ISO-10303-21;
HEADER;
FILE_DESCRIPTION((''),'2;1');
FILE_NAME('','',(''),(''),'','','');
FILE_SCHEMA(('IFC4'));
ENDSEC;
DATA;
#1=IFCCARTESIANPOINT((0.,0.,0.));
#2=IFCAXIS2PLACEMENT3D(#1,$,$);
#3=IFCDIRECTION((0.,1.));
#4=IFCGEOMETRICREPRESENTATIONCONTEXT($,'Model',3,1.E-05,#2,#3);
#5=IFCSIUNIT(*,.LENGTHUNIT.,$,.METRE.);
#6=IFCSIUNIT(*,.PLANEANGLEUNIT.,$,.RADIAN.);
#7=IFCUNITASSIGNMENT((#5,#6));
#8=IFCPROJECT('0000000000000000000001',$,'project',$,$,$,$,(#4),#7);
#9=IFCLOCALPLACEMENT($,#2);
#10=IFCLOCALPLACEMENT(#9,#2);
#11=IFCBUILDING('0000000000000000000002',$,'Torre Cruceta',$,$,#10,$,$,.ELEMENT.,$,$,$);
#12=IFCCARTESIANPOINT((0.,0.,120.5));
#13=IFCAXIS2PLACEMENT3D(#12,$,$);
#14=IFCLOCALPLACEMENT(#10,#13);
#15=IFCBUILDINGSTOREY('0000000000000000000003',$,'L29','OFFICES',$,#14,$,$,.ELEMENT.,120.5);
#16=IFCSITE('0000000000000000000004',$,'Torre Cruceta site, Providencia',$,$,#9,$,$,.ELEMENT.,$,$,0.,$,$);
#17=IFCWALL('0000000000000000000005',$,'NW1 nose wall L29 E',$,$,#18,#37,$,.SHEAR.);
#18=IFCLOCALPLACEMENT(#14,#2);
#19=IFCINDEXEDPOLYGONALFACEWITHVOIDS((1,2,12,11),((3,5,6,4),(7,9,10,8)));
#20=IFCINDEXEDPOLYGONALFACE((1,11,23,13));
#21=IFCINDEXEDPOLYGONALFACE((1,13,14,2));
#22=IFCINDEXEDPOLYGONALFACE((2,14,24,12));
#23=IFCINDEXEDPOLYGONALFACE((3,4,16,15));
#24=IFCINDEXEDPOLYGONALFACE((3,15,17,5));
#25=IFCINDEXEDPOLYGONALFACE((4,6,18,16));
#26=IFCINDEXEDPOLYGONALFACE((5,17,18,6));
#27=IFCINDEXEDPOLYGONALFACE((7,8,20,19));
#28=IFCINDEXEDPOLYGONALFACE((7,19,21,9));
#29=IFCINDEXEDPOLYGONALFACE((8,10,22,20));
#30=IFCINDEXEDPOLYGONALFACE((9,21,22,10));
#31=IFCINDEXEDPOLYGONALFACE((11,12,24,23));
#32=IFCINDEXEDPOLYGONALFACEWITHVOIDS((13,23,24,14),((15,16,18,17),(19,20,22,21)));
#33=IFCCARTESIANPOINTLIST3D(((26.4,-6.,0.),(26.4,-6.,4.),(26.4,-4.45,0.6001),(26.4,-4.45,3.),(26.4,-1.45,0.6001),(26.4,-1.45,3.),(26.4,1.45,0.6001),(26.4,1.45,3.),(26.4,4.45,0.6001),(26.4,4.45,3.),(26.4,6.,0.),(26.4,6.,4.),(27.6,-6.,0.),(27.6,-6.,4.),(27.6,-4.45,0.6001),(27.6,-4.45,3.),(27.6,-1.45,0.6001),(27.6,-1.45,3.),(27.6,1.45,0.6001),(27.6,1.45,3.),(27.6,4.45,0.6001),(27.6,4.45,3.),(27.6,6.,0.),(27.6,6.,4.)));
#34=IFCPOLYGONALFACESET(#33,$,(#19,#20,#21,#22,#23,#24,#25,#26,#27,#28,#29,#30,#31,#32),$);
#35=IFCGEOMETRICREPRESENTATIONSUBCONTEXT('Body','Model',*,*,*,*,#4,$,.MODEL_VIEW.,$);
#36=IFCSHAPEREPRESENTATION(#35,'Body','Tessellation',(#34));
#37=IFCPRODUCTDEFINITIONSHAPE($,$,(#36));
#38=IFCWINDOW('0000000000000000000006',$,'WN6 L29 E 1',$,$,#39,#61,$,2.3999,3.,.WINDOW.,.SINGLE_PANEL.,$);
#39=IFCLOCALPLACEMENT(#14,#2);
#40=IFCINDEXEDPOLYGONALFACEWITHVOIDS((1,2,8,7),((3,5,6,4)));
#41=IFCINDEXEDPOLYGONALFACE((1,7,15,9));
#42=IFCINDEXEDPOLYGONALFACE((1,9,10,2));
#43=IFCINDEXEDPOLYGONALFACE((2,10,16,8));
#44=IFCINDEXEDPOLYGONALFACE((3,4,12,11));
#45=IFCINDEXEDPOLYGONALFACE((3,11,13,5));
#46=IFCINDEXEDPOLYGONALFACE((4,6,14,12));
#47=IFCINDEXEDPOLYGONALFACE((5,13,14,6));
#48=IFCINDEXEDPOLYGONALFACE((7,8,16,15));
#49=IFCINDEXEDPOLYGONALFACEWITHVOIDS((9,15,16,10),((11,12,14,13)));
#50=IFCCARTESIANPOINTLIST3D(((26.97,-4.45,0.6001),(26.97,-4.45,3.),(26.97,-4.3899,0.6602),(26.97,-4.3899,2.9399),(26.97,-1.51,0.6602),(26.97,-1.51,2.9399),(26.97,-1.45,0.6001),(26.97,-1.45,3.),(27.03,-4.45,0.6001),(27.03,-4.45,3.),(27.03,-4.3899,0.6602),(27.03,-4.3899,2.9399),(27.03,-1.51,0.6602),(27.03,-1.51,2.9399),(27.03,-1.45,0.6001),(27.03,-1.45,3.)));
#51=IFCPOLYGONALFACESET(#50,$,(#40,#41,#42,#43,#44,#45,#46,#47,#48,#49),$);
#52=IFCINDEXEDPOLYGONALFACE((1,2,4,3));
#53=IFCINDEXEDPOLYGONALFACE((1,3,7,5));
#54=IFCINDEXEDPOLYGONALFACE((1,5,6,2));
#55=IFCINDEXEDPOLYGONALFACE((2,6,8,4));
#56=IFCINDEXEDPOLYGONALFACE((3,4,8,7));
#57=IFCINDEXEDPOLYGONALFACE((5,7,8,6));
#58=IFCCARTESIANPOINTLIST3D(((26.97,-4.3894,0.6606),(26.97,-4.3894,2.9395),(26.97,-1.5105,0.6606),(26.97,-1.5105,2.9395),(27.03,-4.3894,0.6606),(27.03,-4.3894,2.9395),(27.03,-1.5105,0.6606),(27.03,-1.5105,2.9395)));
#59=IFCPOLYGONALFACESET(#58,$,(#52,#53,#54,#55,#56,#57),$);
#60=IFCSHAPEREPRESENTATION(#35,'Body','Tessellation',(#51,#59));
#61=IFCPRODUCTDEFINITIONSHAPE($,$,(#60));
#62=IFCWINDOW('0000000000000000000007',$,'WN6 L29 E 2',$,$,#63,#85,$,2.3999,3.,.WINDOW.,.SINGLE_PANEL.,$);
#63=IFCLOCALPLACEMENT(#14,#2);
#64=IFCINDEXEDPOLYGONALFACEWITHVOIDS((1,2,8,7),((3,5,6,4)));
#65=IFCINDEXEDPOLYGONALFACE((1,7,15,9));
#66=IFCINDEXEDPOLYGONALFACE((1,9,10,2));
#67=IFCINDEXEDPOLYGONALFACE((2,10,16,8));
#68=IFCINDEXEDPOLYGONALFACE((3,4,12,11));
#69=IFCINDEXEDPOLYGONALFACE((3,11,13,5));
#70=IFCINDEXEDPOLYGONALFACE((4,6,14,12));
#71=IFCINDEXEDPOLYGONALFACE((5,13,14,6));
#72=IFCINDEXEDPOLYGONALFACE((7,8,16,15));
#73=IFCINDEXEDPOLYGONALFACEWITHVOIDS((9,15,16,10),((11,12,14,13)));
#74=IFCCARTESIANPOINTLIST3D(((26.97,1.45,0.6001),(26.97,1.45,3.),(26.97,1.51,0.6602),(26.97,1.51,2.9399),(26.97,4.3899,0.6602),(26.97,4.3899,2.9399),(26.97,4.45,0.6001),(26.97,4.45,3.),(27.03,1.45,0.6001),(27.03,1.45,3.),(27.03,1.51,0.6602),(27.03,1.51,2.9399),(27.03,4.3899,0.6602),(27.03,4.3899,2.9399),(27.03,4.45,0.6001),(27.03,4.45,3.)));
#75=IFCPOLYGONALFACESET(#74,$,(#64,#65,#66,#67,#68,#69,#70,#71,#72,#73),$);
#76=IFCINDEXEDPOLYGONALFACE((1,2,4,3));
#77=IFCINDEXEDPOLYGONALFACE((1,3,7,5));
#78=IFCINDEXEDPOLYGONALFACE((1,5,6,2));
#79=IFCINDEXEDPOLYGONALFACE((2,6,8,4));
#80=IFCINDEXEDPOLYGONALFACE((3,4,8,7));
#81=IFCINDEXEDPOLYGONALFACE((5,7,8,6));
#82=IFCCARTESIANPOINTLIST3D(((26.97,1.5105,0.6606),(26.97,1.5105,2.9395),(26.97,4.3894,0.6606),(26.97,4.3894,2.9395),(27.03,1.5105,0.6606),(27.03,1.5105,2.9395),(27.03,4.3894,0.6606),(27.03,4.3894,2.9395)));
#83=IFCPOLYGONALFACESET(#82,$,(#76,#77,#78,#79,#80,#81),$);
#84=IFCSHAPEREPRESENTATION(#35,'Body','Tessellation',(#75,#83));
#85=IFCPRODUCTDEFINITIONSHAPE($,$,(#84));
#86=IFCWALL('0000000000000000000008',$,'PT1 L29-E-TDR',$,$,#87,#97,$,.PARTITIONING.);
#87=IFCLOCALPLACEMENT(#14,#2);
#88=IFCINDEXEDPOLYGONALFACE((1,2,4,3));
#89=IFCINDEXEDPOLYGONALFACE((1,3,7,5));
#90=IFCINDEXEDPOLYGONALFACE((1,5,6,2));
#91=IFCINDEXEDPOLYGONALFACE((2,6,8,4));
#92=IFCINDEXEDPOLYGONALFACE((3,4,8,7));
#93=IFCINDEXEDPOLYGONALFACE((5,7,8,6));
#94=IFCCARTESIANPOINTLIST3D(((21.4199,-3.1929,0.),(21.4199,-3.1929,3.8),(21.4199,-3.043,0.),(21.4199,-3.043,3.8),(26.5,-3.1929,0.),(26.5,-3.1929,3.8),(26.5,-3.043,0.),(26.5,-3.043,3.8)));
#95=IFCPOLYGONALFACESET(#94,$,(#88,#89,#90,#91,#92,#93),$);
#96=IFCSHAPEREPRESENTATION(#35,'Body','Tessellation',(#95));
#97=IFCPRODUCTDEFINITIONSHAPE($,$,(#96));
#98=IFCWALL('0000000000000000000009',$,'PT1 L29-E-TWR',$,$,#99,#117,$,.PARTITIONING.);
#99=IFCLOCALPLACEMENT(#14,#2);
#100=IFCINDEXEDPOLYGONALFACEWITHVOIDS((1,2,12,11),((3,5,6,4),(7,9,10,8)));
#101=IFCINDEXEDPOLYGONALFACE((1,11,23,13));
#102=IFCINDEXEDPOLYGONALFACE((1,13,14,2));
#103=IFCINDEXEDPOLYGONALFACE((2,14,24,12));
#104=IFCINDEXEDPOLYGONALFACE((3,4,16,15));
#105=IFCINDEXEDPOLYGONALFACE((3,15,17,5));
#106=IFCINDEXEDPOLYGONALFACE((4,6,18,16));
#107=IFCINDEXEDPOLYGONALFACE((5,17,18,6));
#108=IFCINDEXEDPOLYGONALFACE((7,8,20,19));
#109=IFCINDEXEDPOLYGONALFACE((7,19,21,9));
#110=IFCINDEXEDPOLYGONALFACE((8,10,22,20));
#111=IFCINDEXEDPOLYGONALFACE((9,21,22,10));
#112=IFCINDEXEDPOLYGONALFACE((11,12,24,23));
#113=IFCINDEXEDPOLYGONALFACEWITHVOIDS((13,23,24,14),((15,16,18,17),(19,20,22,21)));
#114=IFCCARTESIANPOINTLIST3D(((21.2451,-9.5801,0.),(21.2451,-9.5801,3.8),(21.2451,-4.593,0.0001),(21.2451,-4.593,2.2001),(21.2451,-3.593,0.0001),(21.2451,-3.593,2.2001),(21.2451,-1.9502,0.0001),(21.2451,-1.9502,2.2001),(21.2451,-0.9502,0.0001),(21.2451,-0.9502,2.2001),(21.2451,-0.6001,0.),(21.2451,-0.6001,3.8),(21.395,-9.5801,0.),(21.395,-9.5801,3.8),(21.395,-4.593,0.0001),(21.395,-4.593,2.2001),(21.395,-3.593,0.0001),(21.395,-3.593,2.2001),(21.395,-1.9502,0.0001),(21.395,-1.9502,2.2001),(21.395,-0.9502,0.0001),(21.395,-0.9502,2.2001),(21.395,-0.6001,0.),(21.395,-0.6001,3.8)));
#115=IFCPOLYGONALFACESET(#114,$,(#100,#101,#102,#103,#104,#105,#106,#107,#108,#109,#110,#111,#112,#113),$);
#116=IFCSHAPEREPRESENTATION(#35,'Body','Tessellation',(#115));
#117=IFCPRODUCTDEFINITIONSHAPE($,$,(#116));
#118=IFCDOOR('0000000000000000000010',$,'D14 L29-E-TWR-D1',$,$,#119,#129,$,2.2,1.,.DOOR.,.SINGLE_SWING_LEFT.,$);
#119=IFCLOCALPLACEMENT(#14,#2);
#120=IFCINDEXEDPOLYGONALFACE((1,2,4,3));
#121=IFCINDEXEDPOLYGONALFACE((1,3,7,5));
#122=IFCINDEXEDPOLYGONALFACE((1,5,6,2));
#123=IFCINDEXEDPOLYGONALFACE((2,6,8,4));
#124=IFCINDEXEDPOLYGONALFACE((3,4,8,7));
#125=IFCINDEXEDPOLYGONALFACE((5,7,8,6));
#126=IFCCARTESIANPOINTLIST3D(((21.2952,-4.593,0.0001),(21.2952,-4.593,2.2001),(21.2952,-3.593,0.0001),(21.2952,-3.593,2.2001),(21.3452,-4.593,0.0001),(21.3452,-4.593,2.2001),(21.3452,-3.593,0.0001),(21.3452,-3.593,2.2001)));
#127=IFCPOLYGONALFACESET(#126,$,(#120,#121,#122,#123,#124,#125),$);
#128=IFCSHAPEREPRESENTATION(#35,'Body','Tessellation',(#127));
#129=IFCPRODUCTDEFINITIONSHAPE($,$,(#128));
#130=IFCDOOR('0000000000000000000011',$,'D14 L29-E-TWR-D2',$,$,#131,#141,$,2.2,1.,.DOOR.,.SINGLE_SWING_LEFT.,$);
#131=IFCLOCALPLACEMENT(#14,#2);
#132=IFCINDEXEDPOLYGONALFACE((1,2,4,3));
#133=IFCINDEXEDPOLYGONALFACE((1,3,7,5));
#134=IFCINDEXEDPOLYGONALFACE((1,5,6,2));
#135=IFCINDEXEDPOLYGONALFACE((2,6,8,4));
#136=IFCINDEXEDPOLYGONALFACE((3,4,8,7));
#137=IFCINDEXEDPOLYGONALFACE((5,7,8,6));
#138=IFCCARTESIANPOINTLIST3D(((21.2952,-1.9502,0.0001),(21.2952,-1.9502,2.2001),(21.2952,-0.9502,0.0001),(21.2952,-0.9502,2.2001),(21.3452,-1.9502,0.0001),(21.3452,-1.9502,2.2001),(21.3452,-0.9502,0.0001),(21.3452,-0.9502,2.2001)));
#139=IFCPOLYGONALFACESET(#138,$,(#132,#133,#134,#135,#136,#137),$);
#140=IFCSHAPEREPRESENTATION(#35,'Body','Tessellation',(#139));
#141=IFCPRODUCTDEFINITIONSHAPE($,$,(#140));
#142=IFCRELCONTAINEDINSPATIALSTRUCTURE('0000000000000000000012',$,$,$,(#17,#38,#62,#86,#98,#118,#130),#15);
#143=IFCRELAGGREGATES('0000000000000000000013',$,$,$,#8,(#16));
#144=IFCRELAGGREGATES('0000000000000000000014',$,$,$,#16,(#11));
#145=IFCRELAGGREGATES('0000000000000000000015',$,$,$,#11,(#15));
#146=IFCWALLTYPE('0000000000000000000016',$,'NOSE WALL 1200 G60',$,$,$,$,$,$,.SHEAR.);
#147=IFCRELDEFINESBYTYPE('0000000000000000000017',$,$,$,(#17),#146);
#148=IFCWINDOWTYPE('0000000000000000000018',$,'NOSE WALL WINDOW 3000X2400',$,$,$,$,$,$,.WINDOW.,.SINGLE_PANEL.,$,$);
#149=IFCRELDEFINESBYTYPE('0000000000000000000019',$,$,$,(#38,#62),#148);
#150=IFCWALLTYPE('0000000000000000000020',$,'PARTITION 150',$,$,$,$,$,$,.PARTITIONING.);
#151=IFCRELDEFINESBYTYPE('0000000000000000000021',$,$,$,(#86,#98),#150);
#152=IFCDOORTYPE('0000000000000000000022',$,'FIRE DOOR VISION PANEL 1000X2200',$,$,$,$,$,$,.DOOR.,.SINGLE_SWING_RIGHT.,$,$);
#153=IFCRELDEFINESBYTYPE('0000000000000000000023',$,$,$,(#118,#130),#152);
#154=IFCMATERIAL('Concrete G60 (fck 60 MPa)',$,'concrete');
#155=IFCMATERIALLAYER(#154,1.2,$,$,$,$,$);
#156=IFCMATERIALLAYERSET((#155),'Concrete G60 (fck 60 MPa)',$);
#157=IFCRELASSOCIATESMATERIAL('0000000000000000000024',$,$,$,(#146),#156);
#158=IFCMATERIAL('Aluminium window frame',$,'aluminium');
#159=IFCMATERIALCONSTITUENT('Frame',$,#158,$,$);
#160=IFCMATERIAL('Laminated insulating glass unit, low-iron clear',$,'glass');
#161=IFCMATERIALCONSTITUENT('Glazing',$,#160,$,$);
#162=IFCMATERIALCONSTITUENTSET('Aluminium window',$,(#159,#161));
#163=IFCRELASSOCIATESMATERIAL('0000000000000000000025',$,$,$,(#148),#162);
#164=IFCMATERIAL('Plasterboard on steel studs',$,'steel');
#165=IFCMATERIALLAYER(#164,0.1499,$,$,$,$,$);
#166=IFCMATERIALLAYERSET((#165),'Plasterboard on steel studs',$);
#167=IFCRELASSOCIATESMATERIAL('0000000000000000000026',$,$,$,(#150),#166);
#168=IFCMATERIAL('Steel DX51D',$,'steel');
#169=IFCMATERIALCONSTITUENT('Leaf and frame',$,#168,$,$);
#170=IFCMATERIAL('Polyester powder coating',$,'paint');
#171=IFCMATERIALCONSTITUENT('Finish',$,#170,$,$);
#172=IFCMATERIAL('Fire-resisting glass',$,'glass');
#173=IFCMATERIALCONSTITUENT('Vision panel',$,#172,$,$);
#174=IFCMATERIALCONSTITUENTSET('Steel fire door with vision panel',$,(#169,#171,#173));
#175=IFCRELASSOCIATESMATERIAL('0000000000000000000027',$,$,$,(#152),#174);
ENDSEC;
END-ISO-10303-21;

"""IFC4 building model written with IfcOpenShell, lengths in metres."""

from ifc_helpers import new_model, si_unit, direction, frame, frame_2d, origin, place, context, subcontext, project, spatial, rectangle, hollow_rectangle, extrude, material, layer, layer_set, constituent, constituent_set, type_object, element, fill, save


model = new_model("IFC4")

# Units and contexts
model_context = context("Model", 3, precision=1e-05, world=origin(), true_north=direction((0.0, 1.0)))
body_context = subcontext(model_context, "Body", "Model", "MODEL_VIEW")
ifc_project = project(units=[si_unit("LENGTHUNIT", "METRE"), si_unit("PLANEANGLEUNIT", "RADIAN")], contexts=[model_context])

# Site, building, storey
site_placement = place(None, origin())
site = spatial("IfcSite", under=ifc_project, at=site_placement, Name="Torre Cruceta site, Providencia", CompositionType="ELEMENT", RefElevation=0.0)
building_placement = place(site_placement, origin())
building = spatial("IfcBuilding", under=site, at=building_placement, Name="Torre Cruceta", CompositionType="ELEMENT")
storey_placement = place(building_placement, frame((0.0, 0.0, 120.5)))
storey = spatial("IfcBuildingStorey", under=building, at=storey_placement, Name="L29", Description="OFFICES", CompositionType="ELEMENT", Elevation=120.5)

# Wall, openings, windows
ifc_material_1 = material(Name="Concrete G60 (fck 60 MPa)", Category="concrete")
ifc_layer_1 = layer(ifc_material_1, 1.2)
ifc_layer_set_1 = layer_set([ifc_layer_1], Name="Concrete G60 (fck 60 MPa)")
wall_type_1 = type_object("IfcWallType", Name="NOSE WALL 1200 G60", PredefinedType="SHEAR", material=ifc_layer_set_1)
wall_1_placement = place(storey_placement, frame((27.0, -6.0, 0.0), z_axis=(0.0, 0.0, 1.0), x_axis=(0.0, 1.0, 0.0)))
wall_1 = element("IfcWall", 1, at=wall_1_placement, inside=storey, type_object=wall_type_1, Name="NW1 nose wall L29 E", PredefinedType="SHEAR", context=body_context, shape_type="SweptSolid", body=[
    extrude(rectangle(XDim=12.0, YDim=1.2, at=frame_2d((6.0, 0.0))), origin(), (0.0, 0.0, 1.0), 4.0),
])
opening_1_placement = place(wall_1_placement, frame((1.55, 0.0, 0.6001)))
opening_1 = element("IfcOpeningElement", 2, at=opening_1_placement, cuts=wall_1, PredefinedType="OPENING", context=body_context, shape_type="SweptSolid", body=[
    extrude(rectangle(XDim=3.0, YDim=2.3999, at=frame_2d((1.5, 1.2))), frame((0.0, 0.6099, 0.0), z_axis=(0.0, -1.0, 0.0), x_axis=(1.0, 0.0, 0.0)), (0.0, 0.0, 1.0), 1.22),
])
opening_2_placement = place(wall_1_placement, frame((7.45, 0.0, 0.6001)))
opening_2 = element("IfcOpeningElement", 3, at=opening_2_placement, cuts=wall_1, PredefinedType="OPENING", context=body_context, shape_type="SweptSolid", body=[
    extrude(rectangle(XDim=3.0, YDim=2.3999, at=frame_2d((1.5, 1.2))), frame((0.0, 0.6099, 0.0), z_axis=(0.0, -1.0, 0.0), x_axis=(1.0, 0.0, 0.0)), (0.0, 0.0, 1.0), 1.22),
])
ifc_material_2 = material(Name="Aluminium window frame", Category="aluminium")
ifc_constituent_1 = constituent(ifc_material_2, Name="Frame")
ifc_material_3 = material(Name="Laminated insulating glass unit, low-iron clear", Category="glass")
ifc_constituent_2 = constituent(ifc_material_3, Name="Glazing")
ifc_constituent_set_1 = constituent_set(constituents=[ifc_constituent_1, ifc_constituent_2], Name="Aluminium window")
window_type_1 = type_object("IfcWindowType", Name="NOSE WALL WINDOW 3000X2400", PartitioningType="SINGLE_PANEL", PredefinedType="WINDOW", material=ifc_constituent_set_1)
window_1_placement = place(opening_1_placement, origin())
window_1 = element("IfcWindow", 4, at=window_1_placement, inside=storey, type_object=window_type_1, Name="WN6 L29 E 1", OverallHeight=2.3999, OverallWidth=3.0, PartitioningType="SINGLE_PANEL", PredefinedType="WINDOW", context=body_context, shape_type="SweptSolid", body=[
    extrude(hollow_rectangle(XDim=3.0, YDim=2.3999, WallThickness=0.0601, at=frame_2d((1.5, 1.2))), frame((0.0, 0.03, 0.0), z_axis=(0.0, -1.0, 0.0), x_axis=(1.0, 0.0, 0.0)), (0.0, 0.0, 1.0), 0.0601),
    extrude(rectangle(XDim=2.8789, YDim=2.2788, at=frame_2d((1.5, 1.2))), frame((0.0, 0.03, 0.0), z_axis=(0.0, -1.0, 0.0), x_axis=(1.0, 0.0, 0.0)), (0.0, 0.0, 1.0), 0.0601),
])
fill(opening_1, window_1)
window_2_placement = place(opening_2_placement, origin())
window_2 = element("IfcWindow", 5, at=window_2_placement, inside=storey, type_object=window_type_1, Name="WN6 L29 E 2", OverallHeight=2.3999, OverallWidth=3.0, PartitioningType="SINGLE_PANEL", PredefinedType="WINDOW", context=body_context, shape_type="SweptSolid", body=[
    extrude(hollow_rectangle(XDim=3.0, YDim=2.3999, WallThickness=0.0601, at=frame_2d((1.5, 1.2))), frame((0.0, 0.03, 0.0), z_axis=(0.0, -1.0, 0.0), x_axis=(1.0, 0.0, 0.0)), (0.0, 0.0, 1.0), 0.0601),
    extrude(rectangle(XDim=2.8789, YDim=2.2788, at=frame_2d((1.5, 1.2))), frame((0.0, 0.03, 0.0), z_axis=(0.0, -1.0, 0.0), x_axis=(1.0, 0.0, 0.0)), (0.0, 0.0, 1.0), 0.0601),
])
fill(opening_2, window_2)

# Wall
ifc_material_4 = material(Name="Plasterboard on steel studs", Category="steel")
ifc_layer_2 = layer(ifc_material_4, 0.1499)
ifc_layer_set_2 = layer_set([ifc_layer_2], Name="Plasterboard on steel studs")
wall_type_2 = type_object("IfcWallType", Name="PARTITION 150", PredefinedType="PARTITIONING", material=ifc_layer_set_2)
wall_2_placement = place(storey_placement, frame((21.4199, -3.1179, 0.0), z_axis=(0.0, 0.0, 1.0), x_axis=(1.0, 0.0, 0.0)))
element("IfcWall", 6, at=wall_2_placement, inside=storey, type_object=wall_type_2, Name="PT1 L29-E-TDR", PredefinedType="PARTITIONING", context=body_context, shape_type="SweptSolid", body=[
    extrude(rectangle(XDim=5.0801, YDim=0.1499, at=frame_2d((2.54, 0.0))), origin(), (0.0, 0.0, 1.0), 3.8),
])

# Wall, openings, doors
wall_3_placement = place(storey_placement, frame((21.3201, -9.5801, 0.0), z_axis=(0.0, 0.0, 1.0), x_axis=(0.0, 1.0, 0.0)))
wall_3 = element("IfcWall", 7, at=wall_3_placement, inside=storey, type_object=wall_type_2, Name="PT1 L29-E-TWR", PredefinedType="PARTITIONING", context=body_context, shape_type="SweptSolid", body=[
    extrude(rectangle(XDim=8.98, YDim=0.1499, at=frame_2d((4.49, 0.0))), origin(), (0.0, 0.0, 1.0), 3.8),
])
opening_3_placement = place(wall_3_placement, frame((4.9871, 0.0, 0.0)))
opening_3 = element("IfcOpeningElement", 8, at=opening_3_placement, cuts=wall_3, PredefinedType="OPENING", context=body_context, shape_type="SweptSolid", body=[
    extrude(rectangle(XDim=1.0, YDim=2.2, at=frame_2d((0.5, 1.1001))), frame((0.0, 0.085, 0.0), z_axis=(0.0, -1.0, 0.0), x_axis=(1.0, 0.0, 0.0)), (0.0, 0.0, 1.0), 0.1699),
])
opening_4_placement = place(wall_3_placement, frame((7.6299, 0.0, 0.0)))
opening_4 = element("IfcOpeningElement", 9, at=opening_4_placement, cuts=wall_3, PredefinedType="OPENING", context=body_context, shape_type="SweptSolid", body=[
    extrude(rectangle(XDim=1.0, YDim=2.2, at=frame_2d((0.5, 1.1001))), frame((0.0, 0.085, 0.0), z_axis=(0.0, -1.0, 0.0), x_axis=(1.0, 0.0, 0.0)), (0.0, 0.0, 1.0), 0.1699),
])
ifc_material_5 = material(Name="Steel DX51D", Category="steel")
ifc_constituent_3 = constituent(ifc_material_5, Name="Leaf and frame")
ifc_material_6 = material(Name="Polyester powder coating", Category="paint")
ifc_constituent_4 = constituent(ifc_material_6, Name="Finish")
ifc_material_7 = material(Name="Fire-resisting glass", Category="glass")
ifc_constituent_5 = constituent(ifc_material_7, Name="Vision panel")
ifc_constituent_set_2 = constituent_set(constituents=[ifc_constituent_3, ifc_constituent_4, ifc_constituent_5], Name="Steel fire door with vision panel")
door_type = type_object("IfcDoorType", Name="FIRE DOOR VISION PANEL 1000X2200", OperationType="SINGLE_SWING_RIGHT", PredefinedType="DOOR", material=ifc_constituent_set_2)
door_1_placement = place(opening_3_placement, frame((1.0, 0.0, 0.0), z_axis=(0.0, 0.0, 1.0), x_axis=(-1.0, 0.0, 0.0)))
door_1 = element("IfcDoor", 10, at=door_1_placement, inside=storey, type_object=door_type, Name="D14 L29-E-TWR-D1", OperationType="SINGLE_SWING_LEFT", OverallHeight=2.2, OverallWidth=1.0, PredefinedType="DOOR", context=body_context, shape_type="SweptSolid", body=[
    extrude(rectangle(XDim=1.0, YDim=2.2, at=frame_2d((0.5, 1.1001))), frame((0.0, 0.0251, 0.0), z_axis=(0.0, -1.0, 0.0), x_axis=(1.0, 0.0, 0.0)), (0.0, 0.0, 1.0), 0.05),
])
fill(opening_3, door_1)
door_2_placement = place(opening_4_placement, frame((1.0, 0.0, 0.0), z_axis=(0.0, 0.0, 1.0), x_axis=(-1.0, 0.0, 0.0)))
door_2 = element("IfcDoor", 11, at=door_2_placement, inside=storey, type_object=door_type, Name="D14 L29-E-TWR-D2", OperationType="SINGLE_SWING_LEFT", OverallHeight=2.2, OverallWidth=1.0, PredefinedType="DOOR", context=body_context, shape_type="SweptSolid", body=[
    extrude(rectangle(XDim=1.0, YDim=2.2, at=frame_2d((0.5, 1.1001))), frame((0.0, 0.0251, 0.0), z_axis=(0.0, -1.0, 0.0), x_axis=(1.0, 0.0, 0.0)), (0.0, 0.0, 1.0), 0.05),
])
fill(opening_4, door_2)

save(model, "model.ifc")
